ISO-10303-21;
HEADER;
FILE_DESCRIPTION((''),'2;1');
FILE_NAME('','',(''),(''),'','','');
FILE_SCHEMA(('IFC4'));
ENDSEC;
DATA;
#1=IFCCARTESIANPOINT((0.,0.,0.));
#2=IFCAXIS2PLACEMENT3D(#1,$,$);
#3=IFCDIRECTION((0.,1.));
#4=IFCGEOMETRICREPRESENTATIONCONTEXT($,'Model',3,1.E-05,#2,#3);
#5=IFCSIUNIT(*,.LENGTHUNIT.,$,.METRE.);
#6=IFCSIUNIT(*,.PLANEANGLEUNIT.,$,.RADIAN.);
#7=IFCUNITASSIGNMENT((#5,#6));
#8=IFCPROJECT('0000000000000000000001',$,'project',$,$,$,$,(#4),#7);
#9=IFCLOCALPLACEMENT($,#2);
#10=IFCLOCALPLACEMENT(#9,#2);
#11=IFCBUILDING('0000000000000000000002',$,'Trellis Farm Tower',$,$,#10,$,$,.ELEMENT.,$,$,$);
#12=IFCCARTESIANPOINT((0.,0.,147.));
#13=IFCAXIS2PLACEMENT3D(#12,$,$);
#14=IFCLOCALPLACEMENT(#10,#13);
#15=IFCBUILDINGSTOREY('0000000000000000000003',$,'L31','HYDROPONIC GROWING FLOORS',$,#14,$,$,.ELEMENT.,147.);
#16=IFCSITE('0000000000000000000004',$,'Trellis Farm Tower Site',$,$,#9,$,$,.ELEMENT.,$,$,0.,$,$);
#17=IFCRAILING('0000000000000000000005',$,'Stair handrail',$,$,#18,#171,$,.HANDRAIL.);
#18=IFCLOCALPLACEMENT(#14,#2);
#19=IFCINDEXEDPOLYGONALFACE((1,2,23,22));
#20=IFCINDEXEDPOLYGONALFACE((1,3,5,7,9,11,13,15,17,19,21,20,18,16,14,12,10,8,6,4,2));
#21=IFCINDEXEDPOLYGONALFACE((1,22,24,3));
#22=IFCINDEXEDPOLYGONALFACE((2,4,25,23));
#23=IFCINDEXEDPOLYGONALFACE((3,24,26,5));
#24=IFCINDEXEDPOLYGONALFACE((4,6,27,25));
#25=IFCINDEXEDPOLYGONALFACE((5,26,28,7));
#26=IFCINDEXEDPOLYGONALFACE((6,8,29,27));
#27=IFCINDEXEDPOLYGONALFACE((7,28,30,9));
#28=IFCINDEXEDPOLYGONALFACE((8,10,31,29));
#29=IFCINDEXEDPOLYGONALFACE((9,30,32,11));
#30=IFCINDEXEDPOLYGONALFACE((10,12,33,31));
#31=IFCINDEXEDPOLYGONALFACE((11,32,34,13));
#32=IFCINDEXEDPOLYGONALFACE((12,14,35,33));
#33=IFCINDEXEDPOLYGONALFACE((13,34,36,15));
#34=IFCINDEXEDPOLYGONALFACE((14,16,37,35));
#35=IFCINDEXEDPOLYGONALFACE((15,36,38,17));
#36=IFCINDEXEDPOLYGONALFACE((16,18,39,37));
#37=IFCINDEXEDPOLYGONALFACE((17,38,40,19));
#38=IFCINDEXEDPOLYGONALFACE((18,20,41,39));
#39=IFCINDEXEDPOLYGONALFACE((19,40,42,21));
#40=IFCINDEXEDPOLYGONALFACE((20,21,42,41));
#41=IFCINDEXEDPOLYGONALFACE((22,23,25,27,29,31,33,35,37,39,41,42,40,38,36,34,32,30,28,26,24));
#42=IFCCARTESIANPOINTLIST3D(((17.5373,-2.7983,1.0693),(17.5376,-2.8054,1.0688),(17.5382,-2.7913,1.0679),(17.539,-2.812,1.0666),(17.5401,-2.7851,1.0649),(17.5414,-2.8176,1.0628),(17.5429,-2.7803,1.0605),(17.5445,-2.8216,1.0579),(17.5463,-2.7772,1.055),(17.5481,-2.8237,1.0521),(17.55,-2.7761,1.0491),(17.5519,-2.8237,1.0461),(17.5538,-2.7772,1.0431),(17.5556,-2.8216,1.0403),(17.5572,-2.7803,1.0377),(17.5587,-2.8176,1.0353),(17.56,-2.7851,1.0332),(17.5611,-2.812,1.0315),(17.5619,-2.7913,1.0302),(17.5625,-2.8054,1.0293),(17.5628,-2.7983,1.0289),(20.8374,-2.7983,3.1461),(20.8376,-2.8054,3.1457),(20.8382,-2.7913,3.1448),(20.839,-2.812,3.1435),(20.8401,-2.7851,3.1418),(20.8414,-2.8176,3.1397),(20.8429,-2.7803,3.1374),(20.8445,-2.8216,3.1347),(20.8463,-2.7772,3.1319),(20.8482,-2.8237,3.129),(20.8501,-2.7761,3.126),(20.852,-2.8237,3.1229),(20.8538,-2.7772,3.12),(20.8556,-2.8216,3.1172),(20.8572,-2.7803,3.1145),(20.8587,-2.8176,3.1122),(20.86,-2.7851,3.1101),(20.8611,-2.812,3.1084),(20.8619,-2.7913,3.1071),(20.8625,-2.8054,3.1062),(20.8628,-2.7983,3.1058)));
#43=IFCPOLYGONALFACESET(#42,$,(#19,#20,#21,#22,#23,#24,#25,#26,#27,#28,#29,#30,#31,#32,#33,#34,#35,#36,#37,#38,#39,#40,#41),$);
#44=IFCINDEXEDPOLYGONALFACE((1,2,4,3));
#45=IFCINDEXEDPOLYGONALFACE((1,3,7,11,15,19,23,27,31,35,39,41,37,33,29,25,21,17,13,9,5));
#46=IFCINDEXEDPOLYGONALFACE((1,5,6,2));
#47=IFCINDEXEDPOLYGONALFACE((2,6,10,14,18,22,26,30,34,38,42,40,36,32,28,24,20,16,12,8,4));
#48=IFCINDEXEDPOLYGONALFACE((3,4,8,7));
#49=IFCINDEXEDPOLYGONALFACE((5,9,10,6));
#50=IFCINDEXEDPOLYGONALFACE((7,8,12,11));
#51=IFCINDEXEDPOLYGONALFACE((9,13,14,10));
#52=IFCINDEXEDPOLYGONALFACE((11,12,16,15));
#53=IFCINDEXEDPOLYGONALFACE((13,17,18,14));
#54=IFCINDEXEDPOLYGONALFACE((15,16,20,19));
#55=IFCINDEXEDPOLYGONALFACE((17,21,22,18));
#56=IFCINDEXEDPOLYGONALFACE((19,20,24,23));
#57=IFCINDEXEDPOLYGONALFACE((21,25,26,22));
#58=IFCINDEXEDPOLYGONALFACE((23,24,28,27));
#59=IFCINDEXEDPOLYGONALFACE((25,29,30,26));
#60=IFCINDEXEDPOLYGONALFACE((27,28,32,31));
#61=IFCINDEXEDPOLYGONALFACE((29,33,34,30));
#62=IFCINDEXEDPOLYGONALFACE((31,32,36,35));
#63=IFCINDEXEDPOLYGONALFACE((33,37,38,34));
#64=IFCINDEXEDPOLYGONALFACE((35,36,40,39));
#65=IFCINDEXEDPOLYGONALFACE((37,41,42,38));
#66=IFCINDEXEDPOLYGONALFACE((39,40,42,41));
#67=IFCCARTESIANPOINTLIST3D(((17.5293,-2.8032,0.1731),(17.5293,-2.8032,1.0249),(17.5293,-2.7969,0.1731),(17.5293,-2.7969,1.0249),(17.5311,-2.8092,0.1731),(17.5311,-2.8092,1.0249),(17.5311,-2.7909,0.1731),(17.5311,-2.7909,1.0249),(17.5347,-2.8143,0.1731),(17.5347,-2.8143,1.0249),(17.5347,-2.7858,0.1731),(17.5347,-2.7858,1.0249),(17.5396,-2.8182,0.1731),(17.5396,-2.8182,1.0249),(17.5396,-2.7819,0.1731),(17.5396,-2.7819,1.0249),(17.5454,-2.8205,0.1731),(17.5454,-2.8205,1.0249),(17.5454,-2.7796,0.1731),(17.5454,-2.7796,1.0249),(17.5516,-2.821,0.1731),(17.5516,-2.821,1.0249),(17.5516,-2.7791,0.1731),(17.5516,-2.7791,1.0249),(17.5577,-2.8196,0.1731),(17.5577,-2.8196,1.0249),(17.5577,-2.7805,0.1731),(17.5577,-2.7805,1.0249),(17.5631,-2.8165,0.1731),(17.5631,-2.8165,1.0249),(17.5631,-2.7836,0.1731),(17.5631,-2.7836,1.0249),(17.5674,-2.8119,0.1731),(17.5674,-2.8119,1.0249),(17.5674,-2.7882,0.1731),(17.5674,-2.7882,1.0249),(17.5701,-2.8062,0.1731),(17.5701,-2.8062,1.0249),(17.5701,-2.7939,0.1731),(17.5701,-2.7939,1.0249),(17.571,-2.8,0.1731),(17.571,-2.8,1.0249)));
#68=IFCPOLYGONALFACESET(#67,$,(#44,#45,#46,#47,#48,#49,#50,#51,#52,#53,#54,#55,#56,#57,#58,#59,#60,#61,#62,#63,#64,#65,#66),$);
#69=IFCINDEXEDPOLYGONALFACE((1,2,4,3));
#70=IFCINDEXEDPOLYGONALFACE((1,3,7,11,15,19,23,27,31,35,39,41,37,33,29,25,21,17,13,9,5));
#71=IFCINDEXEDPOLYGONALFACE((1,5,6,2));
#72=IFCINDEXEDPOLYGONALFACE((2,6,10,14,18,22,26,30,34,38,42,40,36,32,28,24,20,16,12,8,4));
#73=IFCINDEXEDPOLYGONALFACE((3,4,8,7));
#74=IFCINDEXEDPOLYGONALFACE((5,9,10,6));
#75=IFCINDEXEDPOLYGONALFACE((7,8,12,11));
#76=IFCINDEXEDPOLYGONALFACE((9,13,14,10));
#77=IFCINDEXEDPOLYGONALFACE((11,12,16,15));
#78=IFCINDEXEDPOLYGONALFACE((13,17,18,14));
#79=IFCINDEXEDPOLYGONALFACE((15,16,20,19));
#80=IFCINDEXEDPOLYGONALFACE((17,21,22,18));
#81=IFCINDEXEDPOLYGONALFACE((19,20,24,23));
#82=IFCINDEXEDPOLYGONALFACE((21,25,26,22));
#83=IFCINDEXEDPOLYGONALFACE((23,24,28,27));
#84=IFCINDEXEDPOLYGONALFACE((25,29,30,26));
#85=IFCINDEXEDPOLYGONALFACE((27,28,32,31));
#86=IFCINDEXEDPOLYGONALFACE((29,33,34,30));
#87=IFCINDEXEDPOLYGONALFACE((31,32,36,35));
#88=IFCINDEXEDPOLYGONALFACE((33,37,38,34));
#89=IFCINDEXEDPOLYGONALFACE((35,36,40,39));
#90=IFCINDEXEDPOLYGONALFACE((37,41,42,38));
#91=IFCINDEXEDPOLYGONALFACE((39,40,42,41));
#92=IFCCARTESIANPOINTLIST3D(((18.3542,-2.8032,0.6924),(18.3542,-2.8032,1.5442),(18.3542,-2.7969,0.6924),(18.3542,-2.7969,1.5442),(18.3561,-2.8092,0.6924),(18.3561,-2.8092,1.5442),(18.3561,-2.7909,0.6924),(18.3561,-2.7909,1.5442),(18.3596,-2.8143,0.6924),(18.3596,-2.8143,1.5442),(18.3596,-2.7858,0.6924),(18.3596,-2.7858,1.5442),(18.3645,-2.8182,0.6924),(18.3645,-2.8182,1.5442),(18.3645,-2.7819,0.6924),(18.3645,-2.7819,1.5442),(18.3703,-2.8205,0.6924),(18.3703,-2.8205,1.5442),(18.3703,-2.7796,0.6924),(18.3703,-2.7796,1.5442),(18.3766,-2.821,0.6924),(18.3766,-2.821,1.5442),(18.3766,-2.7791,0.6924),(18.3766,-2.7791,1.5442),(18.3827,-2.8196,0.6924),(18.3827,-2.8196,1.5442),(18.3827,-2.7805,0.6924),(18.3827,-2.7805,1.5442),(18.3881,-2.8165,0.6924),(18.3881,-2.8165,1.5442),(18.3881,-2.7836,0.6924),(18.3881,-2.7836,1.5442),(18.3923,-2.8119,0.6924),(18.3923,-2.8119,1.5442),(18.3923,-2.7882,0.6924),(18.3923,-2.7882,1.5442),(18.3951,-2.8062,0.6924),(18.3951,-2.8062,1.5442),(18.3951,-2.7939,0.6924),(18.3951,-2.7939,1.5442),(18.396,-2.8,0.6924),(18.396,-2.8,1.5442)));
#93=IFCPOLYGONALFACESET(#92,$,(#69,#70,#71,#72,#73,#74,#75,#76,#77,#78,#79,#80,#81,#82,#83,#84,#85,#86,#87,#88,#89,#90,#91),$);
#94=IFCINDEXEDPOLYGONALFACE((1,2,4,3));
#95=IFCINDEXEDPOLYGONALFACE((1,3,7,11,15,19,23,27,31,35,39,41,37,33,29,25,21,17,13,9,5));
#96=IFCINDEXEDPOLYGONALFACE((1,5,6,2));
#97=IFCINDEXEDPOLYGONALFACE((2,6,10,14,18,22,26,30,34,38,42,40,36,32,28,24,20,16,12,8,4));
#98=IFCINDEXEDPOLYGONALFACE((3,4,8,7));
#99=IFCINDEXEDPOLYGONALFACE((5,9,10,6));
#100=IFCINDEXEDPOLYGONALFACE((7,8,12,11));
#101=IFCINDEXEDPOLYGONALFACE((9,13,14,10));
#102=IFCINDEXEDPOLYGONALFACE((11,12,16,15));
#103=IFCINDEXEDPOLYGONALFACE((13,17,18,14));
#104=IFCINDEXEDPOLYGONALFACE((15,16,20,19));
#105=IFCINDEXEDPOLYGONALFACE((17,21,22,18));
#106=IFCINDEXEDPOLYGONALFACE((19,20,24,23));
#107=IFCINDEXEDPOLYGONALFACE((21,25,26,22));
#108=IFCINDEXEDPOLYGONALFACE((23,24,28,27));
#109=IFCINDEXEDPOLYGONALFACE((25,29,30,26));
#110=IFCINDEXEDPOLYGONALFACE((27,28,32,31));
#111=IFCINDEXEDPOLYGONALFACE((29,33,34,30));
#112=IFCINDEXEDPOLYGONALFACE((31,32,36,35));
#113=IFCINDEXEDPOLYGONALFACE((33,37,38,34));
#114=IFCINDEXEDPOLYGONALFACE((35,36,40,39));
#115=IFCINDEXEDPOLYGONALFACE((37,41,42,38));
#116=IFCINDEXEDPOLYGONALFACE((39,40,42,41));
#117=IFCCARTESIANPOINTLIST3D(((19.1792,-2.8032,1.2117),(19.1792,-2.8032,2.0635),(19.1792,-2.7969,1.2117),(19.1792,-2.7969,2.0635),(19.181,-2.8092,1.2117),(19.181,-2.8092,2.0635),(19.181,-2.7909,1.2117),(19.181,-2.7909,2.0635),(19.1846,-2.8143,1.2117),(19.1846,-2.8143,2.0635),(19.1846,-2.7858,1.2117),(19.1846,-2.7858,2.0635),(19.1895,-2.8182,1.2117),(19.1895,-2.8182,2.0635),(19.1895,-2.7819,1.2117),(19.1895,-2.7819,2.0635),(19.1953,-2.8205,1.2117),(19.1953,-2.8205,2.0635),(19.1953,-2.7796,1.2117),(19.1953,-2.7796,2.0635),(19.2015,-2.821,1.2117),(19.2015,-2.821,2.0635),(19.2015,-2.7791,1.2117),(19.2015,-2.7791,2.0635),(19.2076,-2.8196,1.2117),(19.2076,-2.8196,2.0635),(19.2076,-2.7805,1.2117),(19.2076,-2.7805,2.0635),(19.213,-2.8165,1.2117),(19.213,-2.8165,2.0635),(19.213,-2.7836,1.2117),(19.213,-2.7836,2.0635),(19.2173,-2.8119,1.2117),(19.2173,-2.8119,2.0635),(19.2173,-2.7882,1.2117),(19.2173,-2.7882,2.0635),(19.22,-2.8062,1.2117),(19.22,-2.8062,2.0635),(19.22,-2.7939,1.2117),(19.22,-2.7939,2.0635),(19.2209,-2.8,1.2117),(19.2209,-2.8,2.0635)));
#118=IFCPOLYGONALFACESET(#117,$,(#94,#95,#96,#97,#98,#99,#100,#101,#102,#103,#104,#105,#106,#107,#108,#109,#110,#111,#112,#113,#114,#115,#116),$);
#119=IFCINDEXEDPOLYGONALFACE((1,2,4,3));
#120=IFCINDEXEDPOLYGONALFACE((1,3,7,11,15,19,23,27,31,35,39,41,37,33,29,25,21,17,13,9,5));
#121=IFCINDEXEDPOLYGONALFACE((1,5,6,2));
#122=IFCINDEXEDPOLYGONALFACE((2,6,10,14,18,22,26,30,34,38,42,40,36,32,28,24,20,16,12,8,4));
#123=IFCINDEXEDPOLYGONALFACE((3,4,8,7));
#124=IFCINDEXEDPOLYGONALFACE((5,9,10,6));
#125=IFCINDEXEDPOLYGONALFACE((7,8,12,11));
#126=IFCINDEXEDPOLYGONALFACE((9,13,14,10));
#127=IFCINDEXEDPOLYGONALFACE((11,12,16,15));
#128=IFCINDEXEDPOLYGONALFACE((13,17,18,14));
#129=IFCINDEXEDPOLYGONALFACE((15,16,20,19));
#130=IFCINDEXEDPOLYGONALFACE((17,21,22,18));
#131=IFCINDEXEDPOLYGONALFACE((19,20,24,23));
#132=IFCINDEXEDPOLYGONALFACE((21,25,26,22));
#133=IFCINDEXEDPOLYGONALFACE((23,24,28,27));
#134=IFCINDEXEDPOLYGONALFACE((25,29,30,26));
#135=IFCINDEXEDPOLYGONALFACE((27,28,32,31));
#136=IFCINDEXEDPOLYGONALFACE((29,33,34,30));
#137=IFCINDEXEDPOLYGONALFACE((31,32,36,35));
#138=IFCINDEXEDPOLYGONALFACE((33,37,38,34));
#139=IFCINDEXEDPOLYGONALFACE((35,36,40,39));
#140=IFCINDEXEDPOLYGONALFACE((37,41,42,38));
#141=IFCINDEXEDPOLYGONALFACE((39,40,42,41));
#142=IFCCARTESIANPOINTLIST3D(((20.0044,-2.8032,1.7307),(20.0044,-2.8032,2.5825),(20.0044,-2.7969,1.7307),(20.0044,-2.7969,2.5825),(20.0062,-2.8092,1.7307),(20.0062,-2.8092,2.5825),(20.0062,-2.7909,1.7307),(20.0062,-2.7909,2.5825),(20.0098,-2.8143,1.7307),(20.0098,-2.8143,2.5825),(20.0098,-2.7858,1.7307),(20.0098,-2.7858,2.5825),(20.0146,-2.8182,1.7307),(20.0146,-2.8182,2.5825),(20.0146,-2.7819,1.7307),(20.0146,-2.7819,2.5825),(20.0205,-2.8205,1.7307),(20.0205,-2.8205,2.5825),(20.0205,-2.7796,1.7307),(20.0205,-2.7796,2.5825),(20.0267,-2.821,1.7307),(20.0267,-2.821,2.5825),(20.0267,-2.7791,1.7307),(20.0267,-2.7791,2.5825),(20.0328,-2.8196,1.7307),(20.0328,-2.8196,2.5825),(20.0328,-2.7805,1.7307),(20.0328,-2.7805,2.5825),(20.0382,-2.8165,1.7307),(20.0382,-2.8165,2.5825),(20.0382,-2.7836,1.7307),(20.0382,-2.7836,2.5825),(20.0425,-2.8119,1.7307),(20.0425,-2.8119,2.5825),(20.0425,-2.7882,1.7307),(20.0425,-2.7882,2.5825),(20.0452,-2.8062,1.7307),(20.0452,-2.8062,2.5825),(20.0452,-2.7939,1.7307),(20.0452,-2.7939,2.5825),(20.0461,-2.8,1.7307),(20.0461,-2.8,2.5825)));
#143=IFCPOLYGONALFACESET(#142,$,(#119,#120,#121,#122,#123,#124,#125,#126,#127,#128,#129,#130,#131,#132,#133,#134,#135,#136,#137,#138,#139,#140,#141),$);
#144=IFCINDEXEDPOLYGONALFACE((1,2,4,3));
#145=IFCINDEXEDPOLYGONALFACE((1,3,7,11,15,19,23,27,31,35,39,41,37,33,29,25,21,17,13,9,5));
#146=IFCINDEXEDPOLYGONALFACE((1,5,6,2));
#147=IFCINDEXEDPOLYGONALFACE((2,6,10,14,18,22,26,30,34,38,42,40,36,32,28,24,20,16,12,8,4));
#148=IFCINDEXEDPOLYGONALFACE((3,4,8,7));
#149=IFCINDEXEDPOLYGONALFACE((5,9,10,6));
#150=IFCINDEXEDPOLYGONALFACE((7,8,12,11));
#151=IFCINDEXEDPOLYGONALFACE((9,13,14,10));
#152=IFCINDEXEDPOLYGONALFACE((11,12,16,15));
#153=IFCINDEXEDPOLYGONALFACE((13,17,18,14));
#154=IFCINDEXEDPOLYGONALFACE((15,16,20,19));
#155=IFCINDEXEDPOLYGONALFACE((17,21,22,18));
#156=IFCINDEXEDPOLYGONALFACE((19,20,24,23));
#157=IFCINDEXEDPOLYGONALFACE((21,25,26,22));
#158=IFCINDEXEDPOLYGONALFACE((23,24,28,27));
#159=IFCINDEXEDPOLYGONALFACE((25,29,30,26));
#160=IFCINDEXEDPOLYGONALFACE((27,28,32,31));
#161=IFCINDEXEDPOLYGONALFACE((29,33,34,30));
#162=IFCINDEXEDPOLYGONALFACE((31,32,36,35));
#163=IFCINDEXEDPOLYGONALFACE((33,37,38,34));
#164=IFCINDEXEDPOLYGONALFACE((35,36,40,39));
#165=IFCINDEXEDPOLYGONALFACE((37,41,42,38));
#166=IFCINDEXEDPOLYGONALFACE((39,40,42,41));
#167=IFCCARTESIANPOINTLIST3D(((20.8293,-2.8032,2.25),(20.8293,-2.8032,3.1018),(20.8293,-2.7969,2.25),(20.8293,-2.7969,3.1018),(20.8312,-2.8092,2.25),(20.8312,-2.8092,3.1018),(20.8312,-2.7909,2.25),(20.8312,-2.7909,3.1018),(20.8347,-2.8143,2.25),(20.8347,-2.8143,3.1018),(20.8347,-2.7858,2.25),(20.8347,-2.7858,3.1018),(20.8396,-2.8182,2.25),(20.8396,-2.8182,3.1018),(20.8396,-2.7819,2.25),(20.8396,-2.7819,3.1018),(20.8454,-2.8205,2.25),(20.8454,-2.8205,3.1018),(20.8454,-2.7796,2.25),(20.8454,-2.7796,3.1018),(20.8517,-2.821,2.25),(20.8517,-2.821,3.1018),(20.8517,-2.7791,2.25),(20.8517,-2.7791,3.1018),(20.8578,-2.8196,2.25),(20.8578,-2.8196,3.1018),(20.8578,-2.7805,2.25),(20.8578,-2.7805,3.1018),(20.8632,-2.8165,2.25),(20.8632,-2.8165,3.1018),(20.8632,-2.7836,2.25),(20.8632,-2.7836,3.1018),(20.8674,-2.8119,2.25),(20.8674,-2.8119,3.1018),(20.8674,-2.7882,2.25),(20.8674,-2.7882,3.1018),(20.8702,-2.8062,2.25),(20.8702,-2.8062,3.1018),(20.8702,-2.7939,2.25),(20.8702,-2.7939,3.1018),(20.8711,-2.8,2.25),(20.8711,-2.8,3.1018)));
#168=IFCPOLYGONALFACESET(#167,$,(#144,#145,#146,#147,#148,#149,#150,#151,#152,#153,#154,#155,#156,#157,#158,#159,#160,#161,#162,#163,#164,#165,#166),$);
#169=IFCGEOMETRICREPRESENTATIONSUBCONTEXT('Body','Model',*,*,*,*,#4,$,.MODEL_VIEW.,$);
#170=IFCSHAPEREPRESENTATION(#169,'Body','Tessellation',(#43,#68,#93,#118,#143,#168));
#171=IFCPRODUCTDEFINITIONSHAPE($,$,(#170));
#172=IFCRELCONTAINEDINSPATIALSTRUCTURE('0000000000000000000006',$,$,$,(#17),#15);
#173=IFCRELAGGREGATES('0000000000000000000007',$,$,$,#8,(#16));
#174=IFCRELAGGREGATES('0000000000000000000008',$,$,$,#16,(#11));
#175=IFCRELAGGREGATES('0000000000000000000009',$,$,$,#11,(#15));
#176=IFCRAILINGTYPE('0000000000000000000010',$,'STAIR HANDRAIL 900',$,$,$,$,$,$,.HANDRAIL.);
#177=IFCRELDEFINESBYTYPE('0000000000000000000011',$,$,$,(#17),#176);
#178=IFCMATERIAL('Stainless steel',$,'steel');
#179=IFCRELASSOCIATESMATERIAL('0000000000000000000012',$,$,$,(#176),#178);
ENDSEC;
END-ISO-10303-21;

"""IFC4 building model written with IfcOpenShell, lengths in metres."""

from ifc_helpers import new_model, si_unit, direction, frame, origin, origin_2d, place, context, subcontext, project, spatial, circle, extrude, source, transform, mapped, material, type_object, element, save


model = new_model("IFC4")

# Units and contexts
model_context = context("Model", 3, precision=1e-05, world=origin(), true_north=direction((0.0, 1.0)))
body_context = subcontext(model_context, "Body", "Model", "MODEL_VIEW")
ifc_project = project(units=[si_unit("LENGTHUNIT", "METRE"), si_unit("PLANEANGLEUNIT", "RADIAN")], contexts=[model_context])

# Site, building, storey
site_placement = place(None, origin())
site = spatial("IfcSite", under=ifc_project, at=site_placement, Name="Trellis Farm Tower Site", CompositionType="ELEMENT", RefElevation=0.0)
building_placement = place(site_placement, origin())
building = spatial("IfcBuilding", under=site, at=building_placement, Name="Trellis Farm Tower", CompositionType="ELEMENT")
storey_placement = place(building_placement, frame((0.0, 0.0, 147.0)))
storey = spatial("IfcBuildingStorey", under=building, at=storey_placement, Name="L31", Description="HYDROPONIC GROWING FLOORS", CompositionType="ELEMENT", Elevation=147.0)

# Railing
ifc_material_1 = material(Name="Stainless steel", Category="steel")
railing_type = type_object("IfcRailingType", Name="STAIR HANDRAIL 900", PredefinedType="HANDRAIL", material=ifc_material_1)
shared_shape_1 = source(origin(), body_context, "Body", "SweptSolid", [
    extrude(circle(Radius=0.0239, at=origin_2d()), frame((0.0, 0.0, 0.876), z_axis=(0.846337, 0.0, 0.532647), x_axis=(0.0, 1.0, 0.0)), (0.0, 0.0, 1.0), 3.8992),
    extrude(circle(Radius=0.021, at=origin_2d()), origin(), (0.0, 0.0, 1.0), 0.8518),
    extrude(circle(Radius=0.021, at=origin_2d()), frame((0.825, 0.0, 0.5193)), (0.0, 0.0, 1.0), 0.8518),
    extrude(circle(Radius=0.021, at=origin_2d()), frame((1.6499, 0.0, 1.0386)), (0.0, 0.0, 1.0), 0.8518),
    extrude(circle(Radius=0.021, at=origin_2d()), frame((2.4751, 0.0, 1.5576)), (0.0, 0.0, 1.0), 0.8518),
    extrude(circle(Radius=0.021, at=origin_2d()), frame((3.3, 0.0, 2.0769)), (0.0, 0.0, 1.0), 0.8518),
])
for number, where, name in (
    (1, (17.55, -2.8, 0.1731), "Stair handrail"),
):
    element("IfcRailing", number, at=place(storey_placement, frame(where)), inside=storey, type_object=railing_type, Name=name, PredefinedType="HANDRAIL", context=body_context, shape_type="MappedRepresentation", body=[
        mapped(shared_shape_1, transform((0.0, 0.0, 0.0))),
    ])

save(model, "model.ifc")
